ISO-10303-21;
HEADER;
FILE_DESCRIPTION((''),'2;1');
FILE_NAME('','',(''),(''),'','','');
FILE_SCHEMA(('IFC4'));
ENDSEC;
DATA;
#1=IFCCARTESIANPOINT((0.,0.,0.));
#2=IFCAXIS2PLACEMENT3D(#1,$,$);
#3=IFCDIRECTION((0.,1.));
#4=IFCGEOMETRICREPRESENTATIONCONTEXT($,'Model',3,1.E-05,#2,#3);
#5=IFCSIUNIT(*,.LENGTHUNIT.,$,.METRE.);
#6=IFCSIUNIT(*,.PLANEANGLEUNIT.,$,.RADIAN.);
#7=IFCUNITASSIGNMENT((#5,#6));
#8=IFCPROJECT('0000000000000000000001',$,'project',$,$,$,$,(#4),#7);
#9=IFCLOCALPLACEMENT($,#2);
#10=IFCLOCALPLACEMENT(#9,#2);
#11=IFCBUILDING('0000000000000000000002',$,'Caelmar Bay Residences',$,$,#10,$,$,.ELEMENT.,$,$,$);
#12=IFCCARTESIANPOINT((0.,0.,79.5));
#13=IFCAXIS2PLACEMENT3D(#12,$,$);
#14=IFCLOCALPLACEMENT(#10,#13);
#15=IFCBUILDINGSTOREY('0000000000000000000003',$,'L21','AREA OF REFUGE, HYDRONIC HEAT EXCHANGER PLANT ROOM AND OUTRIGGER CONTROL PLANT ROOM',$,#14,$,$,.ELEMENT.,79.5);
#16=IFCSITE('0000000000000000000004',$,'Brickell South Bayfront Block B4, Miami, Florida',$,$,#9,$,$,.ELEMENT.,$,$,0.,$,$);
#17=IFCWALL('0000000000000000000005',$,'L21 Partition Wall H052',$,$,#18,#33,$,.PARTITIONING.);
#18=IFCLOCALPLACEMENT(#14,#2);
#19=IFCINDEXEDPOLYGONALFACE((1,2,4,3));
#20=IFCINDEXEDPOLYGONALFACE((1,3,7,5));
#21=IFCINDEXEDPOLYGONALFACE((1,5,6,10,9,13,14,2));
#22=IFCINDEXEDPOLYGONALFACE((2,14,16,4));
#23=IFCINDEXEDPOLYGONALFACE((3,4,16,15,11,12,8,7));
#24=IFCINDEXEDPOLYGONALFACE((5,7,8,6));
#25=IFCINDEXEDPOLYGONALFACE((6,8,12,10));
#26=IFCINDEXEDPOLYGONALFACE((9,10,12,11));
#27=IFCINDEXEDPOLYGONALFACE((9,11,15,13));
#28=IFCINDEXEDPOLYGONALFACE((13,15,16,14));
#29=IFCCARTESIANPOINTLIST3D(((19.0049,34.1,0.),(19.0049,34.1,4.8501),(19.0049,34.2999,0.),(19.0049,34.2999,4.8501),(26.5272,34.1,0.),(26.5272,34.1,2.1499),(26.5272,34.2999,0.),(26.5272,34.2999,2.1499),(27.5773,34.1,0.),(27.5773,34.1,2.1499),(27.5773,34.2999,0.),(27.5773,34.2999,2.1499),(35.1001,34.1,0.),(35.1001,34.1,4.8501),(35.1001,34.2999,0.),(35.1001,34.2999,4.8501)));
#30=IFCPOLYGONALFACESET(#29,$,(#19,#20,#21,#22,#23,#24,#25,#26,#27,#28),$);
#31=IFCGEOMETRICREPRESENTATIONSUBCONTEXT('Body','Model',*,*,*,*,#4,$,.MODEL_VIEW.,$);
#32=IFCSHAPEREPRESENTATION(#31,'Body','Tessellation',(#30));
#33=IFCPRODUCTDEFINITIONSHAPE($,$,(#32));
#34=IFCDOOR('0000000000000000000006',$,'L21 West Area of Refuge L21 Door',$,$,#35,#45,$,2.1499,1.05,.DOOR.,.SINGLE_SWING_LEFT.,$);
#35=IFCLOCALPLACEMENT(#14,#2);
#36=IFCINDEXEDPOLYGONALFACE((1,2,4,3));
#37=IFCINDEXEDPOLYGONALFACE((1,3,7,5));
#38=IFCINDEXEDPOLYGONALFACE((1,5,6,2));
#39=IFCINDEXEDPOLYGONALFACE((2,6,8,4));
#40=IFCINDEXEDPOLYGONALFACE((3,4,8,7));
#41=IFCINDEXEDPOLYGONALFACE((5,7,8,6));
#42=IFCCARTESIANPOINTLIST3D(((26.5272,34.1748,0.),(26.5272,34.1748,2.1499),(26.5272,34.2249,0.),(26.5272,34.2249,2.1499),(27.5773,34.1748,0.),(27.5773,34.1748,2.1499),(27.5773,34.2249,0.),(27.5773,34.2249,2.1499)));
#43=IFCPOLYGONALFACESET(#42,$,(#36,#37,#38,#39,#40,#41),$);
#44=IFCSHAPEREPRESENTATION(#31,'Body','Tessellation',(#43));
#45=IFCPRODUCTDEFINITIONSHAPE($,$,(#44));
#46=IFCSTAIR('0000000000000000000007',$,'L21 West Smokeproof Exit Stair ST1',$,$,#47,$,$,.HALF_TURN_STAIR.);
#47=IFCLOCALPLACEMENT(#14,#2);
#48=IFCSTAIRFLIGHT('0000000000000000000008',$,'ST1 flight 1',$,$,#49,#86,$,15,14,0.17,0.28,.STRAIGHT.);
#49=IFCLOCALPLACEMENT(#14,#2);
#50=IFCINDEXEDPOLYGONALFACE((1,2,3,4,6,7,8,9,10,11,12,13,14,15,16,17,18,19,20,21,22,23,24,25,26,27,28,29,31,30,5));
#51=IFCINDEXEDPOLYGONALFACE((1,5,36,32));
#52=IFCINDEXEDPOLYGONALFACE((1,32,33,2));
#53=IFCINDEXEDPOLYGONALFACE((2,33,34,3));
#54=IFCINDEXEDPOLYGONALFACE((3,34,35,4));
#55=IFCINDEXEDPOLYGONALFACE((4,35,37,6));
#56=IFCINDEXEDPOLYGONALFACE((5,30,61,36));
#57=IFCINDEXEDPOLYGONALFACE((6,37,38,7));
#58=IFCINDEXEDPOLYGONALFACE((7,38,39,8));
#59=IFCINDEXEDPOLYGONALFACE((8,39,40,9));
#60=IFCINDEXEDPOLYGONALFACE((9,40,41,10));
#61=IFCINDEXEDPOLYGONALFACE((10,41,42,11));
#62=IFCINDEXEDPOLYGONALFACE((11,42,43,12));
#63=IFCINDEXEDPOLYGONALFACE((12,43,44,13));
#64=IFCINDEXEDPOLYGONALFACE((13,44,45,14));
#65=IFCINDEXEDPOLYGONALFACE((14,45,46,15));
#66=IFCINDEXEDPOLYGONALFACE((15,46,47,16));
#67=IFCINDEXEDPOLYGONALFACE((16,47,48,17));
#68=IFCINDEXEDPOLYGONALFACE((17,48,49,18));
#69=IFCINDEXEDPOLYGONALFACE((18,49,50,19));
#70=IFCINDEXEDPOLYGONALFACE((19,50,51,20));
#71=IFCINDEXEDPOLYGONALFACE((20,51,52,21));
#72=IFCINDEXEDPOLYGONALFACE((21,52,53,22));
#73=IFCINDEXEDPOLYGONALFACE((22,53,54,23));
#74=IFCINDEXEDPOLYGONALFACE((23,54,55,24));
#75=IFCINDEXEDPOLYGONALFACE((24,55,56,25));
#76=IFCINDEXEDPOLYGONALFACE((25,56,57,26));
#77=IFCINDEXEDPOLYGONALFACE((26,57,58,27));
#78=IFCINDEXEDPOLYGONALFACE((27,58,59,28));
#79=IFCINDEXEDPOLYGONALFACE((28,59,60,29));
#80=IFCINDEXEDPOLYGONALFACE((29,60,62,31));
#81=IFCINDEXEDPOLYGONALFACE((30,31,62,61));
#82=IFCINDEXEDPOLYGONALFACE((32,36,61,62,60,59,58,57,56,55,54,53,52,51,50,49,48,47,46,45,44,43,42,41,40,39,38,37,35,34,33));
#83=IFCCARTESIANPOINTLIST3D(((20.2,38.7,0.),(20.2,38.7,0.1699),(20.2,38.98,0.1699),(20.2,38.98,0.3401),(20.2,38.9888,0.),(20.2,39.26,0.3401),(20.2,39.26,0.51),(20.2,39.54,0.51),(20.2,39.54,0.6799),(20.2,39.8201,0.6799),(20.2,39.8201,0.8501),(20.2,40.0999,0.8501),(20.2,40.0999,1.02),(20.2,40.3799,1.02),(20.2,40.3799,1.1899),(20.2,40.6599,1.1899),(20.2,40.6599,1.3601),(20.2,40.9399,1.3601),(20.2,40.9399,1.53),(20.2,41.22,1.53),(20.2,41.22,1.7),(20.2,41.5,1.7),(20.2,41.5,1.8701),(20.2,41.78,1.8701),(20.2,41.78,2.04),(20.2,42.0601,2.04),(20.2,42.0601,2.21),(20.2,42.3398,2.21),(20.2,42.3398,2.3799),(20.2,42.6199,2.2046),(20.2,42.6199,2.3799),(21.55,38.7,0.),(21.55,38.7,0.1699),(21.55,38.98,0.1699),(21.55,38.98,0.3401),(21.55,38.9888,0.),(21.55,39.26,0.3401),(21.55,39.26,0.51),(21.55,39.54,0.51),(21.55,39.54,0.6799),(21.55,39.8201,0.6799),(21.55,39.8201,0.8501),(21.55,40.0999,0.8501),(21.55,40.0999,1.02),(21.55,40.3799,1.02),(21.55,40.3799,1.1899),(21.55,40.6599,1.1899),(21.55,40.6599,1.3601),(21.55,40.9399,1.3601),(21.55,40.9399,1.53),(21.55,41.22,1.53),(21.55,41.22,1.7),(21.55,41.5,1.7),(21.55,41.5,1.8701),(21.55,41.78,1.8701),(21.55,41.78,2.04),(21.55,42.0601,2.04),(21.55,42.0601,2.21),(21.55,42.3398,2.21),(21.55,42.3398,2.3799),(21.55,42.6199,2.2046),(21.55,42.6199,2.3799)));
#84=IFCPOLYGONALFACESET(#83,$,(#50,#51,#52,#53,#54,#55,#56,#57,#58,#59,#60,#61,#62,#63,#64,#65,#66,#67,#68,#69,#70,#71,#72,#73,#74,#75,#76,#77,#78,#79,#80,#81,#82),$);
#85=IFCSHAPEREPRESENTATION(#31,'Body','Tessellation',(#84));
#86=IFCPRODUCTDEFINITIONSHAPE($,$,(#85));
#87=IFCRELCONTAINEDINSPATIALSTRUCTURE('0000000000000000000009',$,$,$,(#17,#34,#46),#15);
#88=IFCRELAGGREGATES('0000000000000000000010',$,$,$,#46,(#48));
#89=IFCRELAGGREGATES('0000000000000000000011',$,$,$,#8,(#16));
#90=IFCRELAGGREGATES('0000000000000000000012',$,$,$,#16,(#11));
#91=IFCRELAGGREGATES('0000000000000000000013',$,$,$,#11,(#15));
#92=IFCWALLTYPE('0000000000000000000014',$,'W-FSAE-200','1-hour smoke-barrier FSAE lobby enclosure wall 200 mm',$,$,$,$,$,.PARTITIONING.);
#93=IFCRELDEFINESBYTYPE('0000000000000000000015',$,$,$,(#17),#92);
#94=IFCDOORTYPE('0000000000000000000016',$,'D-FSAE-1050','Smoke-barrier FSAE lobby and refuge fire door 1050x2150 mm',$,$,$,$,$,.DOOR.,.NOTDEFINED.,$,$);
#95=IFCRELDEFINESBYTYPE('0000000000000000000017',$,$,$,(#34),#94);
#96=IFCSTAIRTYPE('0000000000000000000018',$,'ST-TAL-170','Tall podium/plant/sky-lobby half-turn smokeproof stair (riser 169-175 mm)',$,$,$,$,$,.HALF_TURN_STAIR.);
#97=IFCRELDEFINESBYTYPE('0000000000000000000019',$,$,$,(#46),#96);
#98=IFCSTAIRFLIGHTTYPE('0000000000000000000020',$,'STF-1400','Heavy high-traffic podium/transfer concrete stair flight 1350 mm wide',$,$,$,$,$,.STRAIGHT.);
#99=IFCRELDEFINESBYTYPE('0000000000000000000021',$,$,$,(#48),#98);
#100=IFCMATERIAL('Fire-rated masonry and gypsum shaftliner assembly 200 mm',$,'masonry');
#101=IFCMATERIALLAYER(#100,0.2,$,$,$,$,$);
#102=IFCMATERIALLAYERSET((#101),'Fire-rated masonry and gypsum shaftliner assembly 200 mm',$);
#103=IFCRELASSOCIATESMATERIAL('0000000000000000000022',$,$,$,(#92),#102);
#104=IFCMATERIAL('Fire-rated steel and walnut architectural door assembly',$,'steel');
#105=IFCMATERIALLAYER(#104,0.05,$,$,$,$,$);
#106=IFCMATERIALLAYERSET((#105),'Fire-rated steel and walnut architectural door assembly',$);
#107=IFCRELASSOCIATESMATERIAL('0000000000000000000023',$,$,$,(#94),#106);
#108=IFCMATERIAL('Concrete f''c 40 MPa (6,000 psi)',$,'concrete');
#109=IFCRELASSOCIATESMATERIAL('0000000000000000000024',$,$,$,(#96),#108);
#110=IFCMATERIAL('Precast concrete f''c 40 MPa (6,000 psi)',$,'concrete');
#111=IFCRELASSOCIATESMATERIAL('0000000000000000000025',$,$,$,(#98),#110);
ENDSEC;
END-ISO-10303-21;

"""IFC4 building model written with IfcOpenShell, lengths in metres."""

from ifc_helpers import new_model, si_unit, direction, frame, frame_2d, origin, place, context, subcontext, project, spatial, polyline, rectangle, outline, extrude, material, layer, layer_set, type_object, element, fill, aggregate, save


model = new_model("IFC4")

# Units and contexts
model_context = context("Model", 3, precision=1e-05, world=origin(), true_north=direction((0.0, 1.0)))
body_context = subcontext(model_context, "Body", "Model", "MODEL_VIEW")
ifc_project = project(units=[si_unit("LENGTHUNIT", "METRE"), si_unit("PLANEANGLEUNIT", "RADIAN")], contexts=[model_context])

# Site, building, storey
site_placement = place(None, origin())
site = spatial("IfcSite", under=ifc_project, at=site_placement, Name="Brickell South Bayfront Block B4, Miami, Florida", CompositionType="ELEMENT", RefElevation=0.0)
building_placement = place(site_placement, origin())
building = spatial("IfcBuilding", under=site, at=building_placement, Name="Caelmar Bay Residences", CompositionType="ELEMENT")
storey_placement = place(building_placement, frame((0.0, 0.0, 79.5)))
storey = spatial("IfcBuildingStorey", under=building, at=storey_placement, Name="L21", Description="AREA OF REFUGE, HYDRONIC HEAT EXCHANGER PLANT ROOM AND OUTRIGGER CONTROL PLANT ROOM", CompositionType="ELEMENT", Elevation=79.5)

# Shared definitions
ifc_material_1 = material(Name="Fire-rated steel and walnut architectural door assembly", Category="steel")

# Shared definitions
ifc_material_2 = material(Name="Fire-rated masonry and gypsum shaftliner assembly 200 mm", Category="masonry")
ifc_layer_1 = layer(ifc_material_2, 0.2)
ifc_layer_set_1 = layer_set([ifc_layer_1], Name="Fire-rated masonry and gypsum shaftliner assembly 200 mm")
wall_type_1 = type_object("IfcWallType", Name="W-FSAE-200", Description="1-hour smoke-barrier FSAE lobby enclosure wall 200 mm", PredefinedType="PARTITIONING", material=ifc_layer_set_1)

# Wall, opening, door
wall_1_placement = place(storey_placement, frame((19.0049, 34.2, 0.0), z_axis=(0.0, 0.0, 1.0), x_axis=(1.0, 0.0, 0.0)))
wall_1 = element("IfcWall", 1, at=wall_1_placement, inside=storey, type_object=wall_type_1, Name="L21 Partition Wall H052", PredefinedType="PARTITIONING", context=body_context, shape_type="SweptSolid", body=[
    extrude(rectangle(XDim=16.0952, YDim=0.2, at=frame_2d((8.0476, 0.0))), origin(), (0.0, 0.0, 1.0), 4.8501),
])
opening_1_placement = place(wall_1_placement, frame((7.5225, 0.0, 0.0)))
opening_1 = element("IfcOpeningElement", 2, at=opening_1_placement, cuts=wall_1, PredefinedType="OPENING", context=body_context, shape_type="SweptSolid", body=[
    extrude(rectangle(XDim=1.05, YDim=2.1499, at=frame_2d((0.5249, 1.075))), frame((0.0, 0.1099, 0.0), z_axis=(0.0, -1.0, 0.0), x_axis=(1.0, 0.0, 0.0)), (0.0, 0.0, 1.0), 0.22),
])
ifc_layer_2 = layer(ifc_material_1, 0.05)
ifc_layer_set_2 = layer_set([ifc_layer_2], Name="Fire-rated steel and walnut architectural door assembly")
door_type_1 = type_object("IfcDoorType", Name="D-FSAE-1050", Description="Smoke-barrier FSAE lobby and refuge fire door 1050x2150 mm", OperationType="NOTDEFINED", PredefinedType="DOOR", material=ifc_layer_set_2)
door_1_placement = place(opening_1_placement, origin())
door_1 = element("IfcDoor", 3, at=door_1_placement, inside=storey, type_object=door_type_1, Name="L21 West Area of Refuge L21 Door", OperationType="SINGLE_SWING_LEFT", OverallHeight=2.1499, OverallWidth=1.05, PredefinedType="DOOR", context=body_context, shape_type="SweptSolid", body=[
    extrude(rectangle(XDim=1.05, YDim=2.1499, at=frame_2d((0.5249, 1.075))), frame((0.0, 0.0249, 0.0), z_axis=(0.0, -1.0, 0.0), x_axis=(1.0, 0.0, 0.0)), (0.0, 0.0, 1.0), 0.05),
])
fill(opening_1, door_1)

# Stair, stair flight
ifc_material_3 = material(Name="Concrete f'c 40 MPa (6,000 psi)", Category="concrete")
stair_type = type_object("IfcStairType", Name="ST-TAL-170", Description="Tall podium/plant/sky-lobby half-turn smokeproof stair (riser 169-175 mm)", PredefinedType="HALF_TURN_STAIR", material=ifc_material_3)
stair_placement = place(storey_placement, origin())
stair = element("IfcStair", 4, at=stair_placement, inside=storey, type_object=stair_type, Name="L21 West Smokeproof Exit Stair ST1", PredefinedType="HALF_TURN_STAIR")
ifc_material_4 = material(Name="Precast concrete f'c 40 MPa (6,000 psi)", Category="concrete")
stair_flight_type = type_object("IfcStairFlightType", Name="STF-1400", Description="Heavy high-traffic podium/transfer concrete stair flight 1350 mm wide", PredefinedType="STRAIGHT", material=ifc_material_4)
stair_flight_placement = place(storey_placement, frame((20.875, 38.7, 0.0), z_axis=(0.0, 0.0, 1.0), x_axis=(0.0, 1.0, 0.0)))
stair_flight = element("IfcStairFlight", 5, at=stair_flight_placement, type_object=stair_flight_type, Name="ST1 flight 1", NumberOfRisers=15, NumberOfTreads=14, PredefinedType="STRAIGHT", RiserHeight=0.17, TreadLength=0.28, context=body_context, shape_type="SweptSolid", body=[
    extrude(outline(polyline([(0.0, 0.0), (0.0, 0.1699), (0.28, 0.1699), (0.28, 0.3401), (0.5601, 0.3401), (0.5601, 0.51), (0.8401, 0.51), (0.8401, 0.6799), (1.1201, 0.6799), (1.1201, 0.8501), (1.3999, 0.8501), (1.3999, 1.02), (1.6799, 1.02), (1.6799, 1.1899), (1.96, 1.1899), (1.96, 1.3601), (2.24, 1.3601), (2.24, 1.53), (2.52, 1.53), (2.52, 1.7), (2.8, 1.7), (2.8, 1.8701), (3.0801, 1.8701), (3.0801, 2.04), (3.3601, 2.04), (3.3601, 2.21), (3.6399, 2.21), (3.6399, 2.3799), (3.9199, 2.3799), (3.9199, 2.55), (3.9199, 2.2046), (0.2888, 0.0), (0.0, 0.0)])), frame((0.0, 0.675, 0.0), z_axis=(0.0, -1.0, 0.0), x_axis=(1.0, 0.0, 0.0)), (0.0, 0.0, 1.0), 1.3501),
])
aggregate(stair, [stair_flight])

save(model, "model.ifc")
